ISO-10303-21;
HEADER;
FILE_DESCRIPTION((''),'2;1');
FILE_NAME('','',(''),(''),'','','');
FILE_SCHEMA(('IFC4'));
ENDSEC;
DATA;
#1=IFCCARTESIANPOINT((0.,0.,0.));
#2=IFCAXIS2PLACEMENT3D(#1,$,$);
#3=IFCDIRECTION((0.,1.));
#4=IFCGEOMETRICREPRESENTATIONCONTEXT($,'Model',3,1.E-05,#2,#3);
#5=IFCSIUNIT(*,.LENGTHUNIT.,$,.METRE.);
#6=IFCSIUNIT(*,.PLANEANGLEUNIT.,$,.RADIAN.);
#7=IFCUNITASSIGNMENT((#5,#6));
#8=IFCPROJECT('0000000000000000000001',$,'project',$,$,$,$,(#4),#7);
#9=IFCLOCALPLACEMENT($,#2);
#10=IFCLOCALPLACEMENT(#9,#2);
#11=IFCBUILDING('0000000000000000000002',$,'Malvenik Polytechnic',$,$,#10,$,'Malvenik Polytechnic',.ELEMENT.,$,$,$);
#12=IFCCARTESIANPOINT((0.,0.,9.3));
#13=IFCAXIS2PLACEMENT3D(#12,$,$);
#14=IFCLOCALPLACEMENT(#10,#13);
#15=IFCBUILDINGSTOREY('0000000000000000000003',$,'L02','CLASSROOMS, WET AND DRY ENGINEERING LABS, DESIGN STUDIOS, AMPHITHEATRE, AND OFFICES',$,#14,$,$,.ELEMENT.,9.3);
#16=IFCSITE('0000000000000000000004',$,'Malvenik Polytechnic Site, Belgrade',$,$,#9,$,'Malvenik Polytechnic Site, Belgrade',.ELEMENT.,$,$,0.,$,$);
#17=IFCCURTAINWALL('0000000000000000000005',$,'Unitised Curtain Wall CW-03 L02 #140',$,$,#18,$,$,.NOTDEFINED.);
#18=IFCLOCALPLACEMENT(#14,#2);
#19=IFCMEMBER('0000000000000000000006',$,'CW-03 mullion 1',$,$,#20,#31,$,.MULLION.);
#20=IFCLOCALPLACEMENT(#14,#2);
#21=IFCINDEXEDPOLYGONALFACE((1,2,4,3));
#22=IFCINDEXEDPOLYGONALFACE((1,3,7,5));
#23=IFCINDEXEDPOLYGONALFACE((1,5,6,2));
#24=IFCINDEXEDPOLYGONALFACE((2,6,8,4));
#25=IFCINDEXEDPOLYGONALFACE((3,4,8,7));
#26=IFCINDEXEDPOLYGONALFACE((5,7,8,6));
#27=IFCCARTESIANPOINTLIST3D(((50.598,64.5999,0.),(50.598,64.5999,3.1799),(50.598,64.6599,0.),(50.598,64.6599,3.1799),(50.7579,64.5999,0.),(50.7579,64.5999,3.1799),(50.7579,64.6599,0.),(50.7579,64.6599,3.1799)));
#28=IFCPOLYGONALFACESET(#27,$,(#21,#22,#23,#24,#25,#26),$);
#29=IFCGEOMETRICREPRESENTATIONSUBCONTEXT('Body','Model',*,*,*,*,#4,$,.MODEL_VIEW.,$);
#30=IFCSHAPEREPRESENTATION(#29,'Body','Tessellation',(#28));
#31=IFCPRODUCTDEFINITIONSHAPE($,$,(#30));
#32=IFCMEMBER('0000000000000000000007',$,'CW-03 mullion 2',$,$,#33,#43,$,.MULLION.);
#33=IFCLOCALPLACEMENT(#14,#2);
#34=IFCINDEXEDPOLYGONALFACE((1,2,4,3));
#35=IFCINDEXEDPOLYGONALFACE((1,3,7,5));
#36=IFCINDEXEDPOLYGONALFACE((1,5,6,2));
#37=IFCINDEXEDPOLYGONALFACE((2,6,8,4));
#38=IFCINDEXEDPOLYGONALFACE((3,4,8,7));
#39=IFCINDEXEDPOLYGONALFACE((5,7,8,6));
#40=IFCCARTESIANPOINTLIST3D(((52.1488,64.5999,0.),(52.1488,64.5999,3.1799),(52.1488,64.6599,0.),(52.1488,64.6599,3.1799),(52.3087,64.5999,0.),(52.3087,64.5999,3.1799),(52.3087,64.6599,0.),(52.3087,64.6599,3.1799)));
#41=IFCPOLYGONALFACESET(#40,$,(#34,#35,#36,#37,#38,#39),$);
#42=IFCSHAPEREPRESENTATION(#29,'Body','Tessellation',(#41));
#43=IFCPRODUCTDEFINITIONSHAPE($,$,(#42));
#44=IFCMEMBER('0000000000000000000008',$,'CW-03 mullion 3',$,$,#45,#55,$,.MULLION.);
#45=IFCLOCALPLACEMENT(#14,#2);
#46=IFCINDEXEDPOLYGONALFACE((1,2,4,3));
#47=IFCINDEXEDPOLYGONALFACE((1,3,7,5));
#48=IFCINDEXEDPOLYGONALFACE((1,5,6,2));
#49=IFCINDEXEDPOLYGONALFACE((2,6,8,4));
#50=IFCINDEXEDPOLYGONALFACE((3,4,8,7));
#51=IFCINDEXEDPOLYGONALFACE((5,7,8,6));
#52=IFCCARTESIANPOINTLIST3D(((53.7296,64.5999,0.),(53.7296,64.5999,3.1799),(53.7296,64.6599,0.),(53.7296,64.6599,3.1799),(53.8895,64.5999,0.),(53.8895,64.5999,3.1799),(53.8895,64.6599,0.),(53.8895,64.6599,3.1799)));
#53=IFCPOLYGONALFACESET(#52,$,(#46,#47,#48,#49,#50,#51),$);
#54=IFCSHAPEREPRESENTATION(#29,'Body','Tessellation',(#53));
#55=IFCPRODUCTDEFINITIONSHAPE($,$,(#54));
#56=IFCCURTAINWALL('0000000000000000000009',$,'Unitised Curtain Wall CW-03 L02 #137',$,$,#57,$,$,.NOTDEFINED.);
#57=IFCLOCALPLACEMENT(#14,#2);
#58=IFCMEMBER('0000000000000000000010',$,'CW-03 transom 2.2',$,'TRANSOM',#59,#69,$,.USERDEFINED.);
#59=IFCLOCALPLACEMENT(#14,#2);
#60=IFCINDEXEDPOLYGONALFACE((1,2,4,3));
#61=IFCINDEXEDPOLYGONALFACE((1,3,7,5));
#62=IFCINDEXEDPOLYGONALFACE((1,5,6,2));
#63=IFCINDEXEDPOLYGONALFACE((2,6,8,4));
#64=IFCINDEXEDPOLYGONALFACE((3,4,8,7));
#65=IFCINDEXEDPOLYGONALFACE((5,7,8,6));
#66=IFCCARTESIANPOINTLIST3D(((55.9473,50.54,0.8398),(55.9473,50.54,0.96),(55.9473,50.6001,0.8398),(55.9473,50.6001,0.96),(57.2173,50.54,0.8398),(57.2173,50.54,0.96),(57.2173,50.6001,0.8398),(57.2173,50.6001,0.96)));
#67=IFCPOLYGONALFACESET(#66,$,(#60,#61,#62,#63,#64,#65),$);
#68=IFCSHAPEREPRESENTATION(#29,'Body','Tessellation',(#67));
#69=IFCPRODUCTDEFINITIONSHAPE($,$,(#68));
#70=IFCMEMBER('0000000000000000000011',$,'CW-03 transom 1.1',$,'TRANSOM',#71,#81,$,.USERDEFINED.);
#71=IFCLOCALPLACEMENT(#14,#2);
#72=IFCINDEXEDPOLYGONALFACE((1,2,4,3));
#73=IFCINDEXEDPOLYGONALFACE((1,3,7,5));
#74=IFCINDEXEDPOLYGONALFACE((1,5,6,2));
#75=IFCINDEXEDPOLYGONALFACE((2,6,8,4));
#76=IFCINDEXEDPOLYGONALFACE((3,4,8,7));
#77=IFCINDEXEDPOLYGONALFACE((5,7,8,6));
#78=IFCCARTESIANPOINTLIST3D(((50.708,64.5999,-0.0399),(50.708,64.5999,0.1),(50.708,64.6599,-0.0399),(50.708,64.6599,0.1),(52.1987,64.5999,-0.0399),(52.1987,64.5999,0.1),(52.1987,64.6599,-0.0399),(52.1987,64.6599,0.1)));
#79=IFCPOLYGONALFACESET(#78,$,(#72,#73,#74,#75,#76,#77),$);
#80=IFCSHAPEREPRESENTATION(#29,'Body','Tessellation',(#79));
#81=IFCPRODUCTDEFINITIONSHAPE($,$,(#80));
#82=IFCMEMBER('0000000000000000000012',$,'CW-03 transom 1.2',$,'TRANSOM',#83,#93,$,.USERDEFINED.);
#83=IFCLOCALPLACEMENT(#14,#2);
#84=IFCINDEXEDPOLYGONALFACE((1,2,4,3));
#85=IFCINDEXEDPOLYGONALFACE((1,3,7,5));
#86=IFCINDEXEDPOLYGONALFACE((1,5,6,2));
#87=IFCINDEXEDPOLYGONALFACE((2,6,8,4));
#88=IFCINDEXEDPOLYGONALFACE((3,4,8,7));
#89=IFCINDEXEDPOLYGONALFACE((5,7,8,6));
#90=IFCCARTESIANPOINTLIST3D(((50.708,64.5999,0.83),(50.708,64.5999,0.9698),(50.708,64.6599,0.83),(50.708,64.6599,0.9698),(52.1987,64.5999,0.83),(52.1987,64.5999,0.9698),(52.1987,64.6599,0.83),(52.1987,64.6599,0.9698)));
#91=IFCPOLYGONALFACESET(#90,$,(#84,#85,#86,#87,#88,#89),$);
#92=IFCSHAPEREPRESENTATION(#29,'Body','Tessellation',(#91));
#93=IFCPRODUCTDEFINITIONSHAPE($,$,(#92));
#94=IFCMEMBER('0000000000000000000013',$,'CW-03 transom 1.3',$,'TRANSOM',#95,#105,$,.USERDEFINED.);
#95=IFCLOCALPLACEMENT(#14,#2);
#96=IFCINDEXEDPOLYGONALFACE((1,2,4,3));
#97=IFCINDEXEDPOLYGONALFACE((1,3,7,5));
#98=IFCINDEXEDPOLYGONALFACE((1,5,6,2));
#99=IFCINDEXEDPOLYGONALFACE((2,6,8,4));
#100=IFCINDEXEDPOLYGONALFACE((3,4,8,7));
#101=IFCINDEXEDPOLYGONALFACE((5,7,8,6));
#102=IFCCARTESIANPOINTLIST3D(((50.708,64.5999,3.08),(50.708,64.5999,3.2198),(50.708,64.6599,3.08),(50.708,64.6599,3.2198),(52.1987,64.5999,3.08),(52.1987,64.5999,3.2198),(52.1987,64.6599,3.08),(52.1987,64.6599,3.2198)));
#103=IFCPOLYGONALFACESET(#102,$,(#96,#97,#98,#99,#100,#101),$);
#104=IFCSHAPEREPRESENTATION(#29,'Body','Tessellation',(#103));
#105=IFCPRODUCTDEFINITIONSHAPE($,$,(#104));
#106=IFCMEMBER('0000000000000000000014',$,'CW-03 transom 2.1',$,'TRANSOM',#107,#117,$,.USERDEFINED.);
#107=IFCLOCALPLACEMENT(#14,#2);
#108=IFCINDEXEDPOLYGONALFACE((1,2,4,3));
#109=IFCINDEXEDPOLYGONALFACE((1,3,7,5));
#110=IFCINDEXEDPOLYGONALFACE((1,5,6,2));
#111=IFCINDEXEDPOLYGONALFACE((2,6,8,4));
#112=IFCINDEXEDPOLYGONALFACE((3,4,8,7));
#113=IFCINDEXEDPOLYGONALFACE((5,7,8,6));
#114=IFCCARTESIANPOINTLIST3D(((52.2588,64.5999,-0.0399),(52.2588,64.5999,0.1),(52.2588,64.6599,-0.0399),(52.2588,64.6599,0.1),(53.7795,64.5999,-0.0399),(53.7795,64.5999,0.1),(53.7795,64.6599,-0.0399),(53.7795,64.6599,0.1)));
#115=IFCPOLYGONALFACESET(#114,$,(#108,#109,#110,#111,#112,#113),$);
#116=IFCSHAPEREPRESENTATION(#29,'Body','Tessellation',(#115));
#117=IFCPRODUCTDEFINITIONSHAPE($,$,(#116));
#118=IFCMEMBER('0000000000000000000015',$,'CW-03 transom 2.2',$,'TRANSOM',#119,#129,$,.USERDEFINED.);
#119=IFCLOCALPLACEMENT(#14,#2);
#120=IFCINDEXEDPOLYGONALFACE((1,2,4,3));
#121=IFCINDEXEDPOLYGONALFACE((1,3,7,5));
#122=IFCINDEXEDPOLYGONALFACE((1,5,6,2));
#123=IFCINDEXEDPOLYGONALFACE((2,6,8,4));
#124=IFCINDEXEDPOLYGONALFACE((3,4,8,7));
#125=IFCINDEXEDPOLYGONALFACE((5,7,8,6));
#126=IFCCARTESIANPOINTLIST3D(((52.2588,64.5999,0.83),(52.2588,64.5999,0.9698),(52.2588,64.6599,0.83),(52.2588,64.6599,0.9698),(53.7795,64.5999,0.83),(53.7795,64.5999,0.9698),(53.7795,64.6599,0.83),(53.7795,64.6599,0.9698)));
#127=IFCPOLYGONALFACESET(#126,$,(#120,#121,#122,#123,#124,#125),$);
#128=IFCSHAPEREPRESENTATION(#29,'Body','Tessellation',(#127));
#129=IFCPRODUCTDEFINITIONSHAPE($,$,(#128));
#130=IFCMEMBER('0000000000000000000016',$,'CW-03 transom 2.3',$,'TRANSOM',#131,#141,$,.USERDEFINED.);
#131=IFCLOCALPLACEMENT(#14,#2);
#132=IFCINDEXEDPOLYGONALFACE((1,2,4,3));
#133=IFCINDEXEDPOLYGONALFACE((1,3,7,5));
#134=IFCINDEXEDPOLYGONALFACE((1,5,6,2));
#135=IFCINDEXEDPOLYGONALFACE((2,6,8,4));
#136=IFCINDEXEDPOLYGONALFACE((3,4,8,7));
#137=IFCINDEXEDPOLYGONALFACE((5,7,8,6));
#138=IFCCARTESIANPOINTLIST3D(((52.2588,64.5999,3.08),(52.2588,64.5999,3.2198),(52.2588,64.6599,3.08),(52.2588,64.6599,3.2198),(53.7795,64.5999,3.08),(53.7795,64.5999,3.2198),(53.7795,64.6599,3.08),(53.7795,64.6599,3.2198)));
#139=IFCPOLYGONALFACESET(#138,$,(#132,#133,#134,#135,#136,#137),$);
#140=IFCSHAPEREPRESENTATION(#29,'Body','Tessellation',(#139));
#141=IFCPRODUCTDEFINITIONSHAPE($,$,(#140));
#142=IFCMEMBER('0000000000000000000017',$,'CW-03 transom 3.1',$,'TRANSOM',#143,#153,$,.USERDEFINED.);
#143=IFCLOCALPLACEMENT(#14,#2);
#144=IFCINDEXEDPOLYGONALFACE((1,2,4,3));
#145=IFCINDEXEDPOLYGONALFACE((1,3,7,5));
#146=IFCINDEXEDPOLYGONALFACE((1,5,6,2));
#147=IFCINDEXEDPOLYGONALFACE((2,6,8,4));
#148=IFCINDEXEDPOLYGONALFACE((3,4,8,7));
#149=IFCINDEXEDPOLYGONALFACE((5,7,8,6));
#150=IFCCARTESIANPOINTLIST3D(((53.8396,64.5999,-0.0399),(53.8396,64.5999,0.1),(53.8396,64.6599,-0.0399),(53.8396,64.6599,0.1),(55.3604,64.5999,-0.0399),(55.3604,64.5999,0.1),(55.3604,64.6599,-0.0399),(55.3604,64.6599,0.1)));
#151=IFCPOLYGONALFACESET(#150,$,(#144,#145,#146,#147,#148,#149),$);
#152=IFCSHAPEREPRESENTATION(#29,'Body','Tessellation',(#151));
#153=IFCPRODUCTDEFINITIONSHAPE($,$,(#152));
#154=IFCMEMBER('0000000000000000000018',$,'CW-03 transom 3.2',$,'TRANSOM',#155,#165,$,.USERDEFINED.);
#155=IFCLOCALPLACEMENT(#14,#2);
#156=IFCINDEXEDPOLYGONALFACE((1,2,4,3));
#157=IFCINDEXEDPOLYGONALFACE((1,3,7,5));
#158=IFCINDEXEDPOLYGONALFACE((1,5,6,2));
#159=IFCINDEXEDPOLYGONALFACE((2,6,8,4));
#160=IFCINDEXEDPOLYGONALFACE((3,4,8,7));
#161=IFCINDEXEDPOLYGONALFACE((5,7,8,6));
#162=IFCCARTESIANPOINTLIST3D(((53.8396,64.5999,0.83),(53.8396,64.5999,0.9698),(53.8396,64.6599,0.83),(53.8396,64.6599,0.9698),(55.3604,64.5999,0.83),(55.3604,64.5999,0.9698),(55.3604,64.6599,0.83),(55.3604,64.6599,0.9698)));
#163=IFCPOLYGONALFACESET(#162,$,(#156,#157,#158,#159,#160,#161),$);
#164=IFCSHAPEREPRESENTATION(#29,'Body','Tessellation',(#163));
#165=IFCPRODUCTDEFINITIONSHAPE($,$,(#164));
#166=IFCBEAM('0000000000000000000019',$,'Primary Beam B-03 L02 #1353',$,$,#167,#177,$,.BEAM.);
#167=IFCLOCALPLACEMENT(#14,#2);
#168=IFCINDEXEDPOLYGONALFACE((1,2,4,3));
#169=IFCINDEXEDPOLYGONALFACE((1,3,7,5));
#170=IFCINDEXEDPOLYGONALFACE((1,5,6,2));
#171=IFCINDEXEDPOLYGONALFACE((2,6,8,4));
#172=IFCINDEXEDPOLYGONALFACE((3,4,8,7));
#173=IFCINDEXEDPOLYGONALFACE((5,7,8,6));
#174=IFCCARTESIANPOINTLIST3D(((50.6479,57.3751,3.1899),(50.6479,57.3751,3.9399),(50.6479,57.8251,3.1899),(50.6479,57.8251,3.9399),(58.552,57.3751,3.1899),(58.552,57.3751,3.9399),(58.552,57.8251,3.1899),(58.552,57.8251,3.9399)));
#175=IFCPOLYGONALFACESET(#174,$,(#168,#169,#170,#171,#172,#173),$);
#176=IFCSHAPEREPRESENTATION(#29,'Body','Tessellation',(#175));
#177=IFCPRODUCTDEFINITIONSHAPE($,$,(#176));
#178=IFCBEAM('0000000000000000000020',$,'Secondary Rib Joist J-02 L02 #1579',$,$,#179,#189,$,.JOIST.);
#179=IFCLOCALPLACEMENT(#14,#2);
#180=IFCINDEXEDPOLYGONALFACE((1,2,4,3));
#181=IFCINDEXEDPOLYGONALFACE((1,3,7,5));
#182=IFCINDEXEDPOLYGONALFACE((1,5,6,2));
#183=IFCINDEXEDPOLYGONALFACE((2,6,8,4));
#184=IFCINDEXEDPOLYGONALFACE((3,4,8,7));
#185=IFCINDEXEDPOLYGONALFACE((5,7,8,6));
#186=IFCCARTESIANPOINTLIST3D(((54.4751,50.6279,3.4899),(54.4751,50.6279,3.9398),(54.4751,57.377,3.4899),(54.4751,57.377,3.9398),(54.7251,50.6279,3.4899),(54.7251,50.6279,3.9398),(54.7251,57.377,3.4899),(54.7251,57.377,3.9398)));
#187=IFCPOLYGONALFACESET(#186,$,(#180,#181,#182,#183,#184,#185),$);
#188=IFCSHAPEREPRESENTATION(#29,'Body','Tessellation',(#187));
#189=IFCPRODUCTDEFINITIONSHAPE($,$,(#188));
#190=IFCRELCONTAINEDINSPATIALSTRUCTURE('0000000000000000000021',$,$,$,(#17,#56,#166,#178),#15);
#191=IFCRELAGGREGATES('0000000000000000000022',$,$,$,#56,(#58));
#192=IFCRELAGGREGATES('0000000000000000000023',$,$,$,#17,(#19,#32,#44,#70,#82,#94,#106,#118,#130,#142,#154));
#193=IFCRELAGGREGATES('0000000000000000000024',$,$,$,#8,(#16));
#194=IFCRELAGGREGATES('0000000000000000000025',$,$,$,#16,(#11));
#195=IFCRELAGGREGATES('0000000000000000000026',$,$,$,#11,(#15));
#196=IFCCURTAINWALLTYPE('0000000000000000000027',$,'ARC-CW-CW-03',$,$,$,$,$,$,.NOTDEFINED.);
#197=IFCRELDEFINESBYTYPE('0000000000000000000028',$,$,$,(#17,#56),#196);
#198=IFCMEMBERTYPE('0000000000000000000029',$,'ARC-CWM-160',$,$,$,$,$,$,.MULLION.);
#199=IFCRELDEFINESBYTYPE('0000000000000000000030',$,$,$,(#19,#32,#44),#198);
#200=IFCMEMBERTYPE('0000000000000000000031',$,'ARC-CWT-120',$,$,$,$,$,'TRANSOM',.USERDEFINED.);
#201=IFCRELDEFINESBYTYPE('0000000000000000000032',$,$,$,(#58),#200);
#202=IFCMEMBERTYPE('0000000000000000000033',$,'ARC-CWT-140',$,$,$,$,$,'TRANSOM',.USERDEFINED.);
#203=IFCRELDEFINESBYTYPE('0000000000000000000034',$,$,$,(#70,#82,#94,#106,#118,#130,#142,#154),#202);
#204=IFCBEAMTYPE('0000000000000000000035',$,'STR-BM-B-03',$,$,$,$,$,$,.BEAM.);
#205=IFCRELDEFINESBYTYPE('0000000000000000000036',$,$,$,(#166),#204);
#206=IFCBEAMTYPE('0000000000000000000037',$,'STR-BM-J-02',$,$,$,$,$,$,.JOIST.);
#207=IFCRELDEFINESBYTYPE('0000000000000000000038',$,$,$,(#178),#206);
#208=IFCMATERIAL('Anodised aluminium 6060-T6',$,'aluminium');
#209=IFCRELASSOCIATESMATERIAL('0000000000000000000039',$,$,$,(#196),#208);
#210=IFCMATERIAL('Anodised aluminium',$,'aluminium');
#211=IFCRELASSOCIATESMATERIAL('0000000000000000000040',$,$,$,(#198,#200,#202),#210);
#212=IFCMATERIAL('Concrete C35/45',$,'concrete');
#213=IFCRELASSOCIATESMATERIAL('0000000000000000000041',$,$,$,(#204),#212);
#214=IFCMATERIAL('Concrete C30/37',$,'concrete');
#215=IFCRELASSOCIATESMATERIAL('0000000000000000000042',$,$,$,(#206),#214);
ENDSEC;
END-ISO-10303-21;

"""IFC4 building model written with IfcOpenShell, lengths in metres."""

from ifc_helpers import new_model, si_unit, direction, frame, origin, origin_2d, place, context, subcontext, project, spatial, rectangle, extrude, material, material_profile, profile_set, type_object, element, aggregate, save


model = new_model("IFC4")

# Units and contexts
model_context = context("Model", 3, precision=1e-05, world=origin(), true_north=direction((0.0, 1.0)))
body_context = subcontext(model_context, "Body", "Model", "MODEL_VIEW")
ifc_project = project(units=[si_unit("LENGTHUNIT", "METRE"), si_unit("PLANEANGLEUNIT", "RADIAN")], contexts=[model_context])

# Site, building, storey
site_placement = place(None, origin())
site = spatial("IfcSite", under=ifc_project, at=site_placement, Name="Malvenik Polytechnic Site, Belgrade", LongName="Malvenik Polytechnic Site, Belgrade", CompositionType="ELEMENT", RefElevation=0.0)
building_placement = place(site_placement, origin())
building = spatial("IfcBuilding", under=site, at=building_placement, Name="Malvenik Polytechnic", LongName="Malvenik Polytechnic", CompositionType="ELEMENT")
storey_placement = place(building_placement, frame((0.0, 0.0, 9.3)))
storey = spatial("IfcBuildingStorey", under=building, at=storey_placement, Name="L02", Description="CLASSROOMS, WET AND DRY ENGINEERING LABS, DESIGN STUDIOS, AMPHITHEATRE, AND OFFICES", CompositionType="ELEMENT", Elevation=9.3)

# Curtain wall, members
ifc_material_1 = material(Name="Anodised aluminium 6060-T6", Category="aluminium")
curtain_wall_type = type_object("IfcCurtainWallType", Name="ARC-CW-CW-03", PredefinedType="NOTDEFINED", material=ifc_material_1)
curtain_wall_1_placement = place(storey_placement, origin())
curtain_wall_1 = element("IfcCurtainWall", 1, at=curtain_wall_1_placement, inside=storey, type_object=curtain_wall_type, Name="Unitised Curtain Wall CW-03 L02 #140", PredefinedType="NOTDEFINED")
ifc_material_2 = material(Name="Anodised aluminium", Category="aluminium")
ifc_material_profile_1 = material_profile(ifc_material_2, rectangle(XDim=0.0601, YDim=0.1599, at=origin_2d()), Name="ALU MULLION 60x160")
ifc_profile_set_1 = profile_set([ifc_material_profile_1], Name="Anodised aluminium")
member_type_1 = type_object("IfcMemberType", Name="ARC-CWM-160", PredefinedType="MULLION", material=ifc_profile_set_1)
member_1_placement = place(storey_placement, frame((50.678, 64.6299, 0.0), z_axis=(0.0, 0.0, 1.0), x_axis=(0.0, 1.0, 0.0)))
member_1 = element("IfcMember", 2, at=member_1_placement, type_object=member_type_1, Name="CW-03 mullion 1", PredefinedType="MULLION", context=body_context, shape_type="SweptSolid", body=[
    extrude(rectangle(XDim=0.0601, YDim=0.1599, at=origin_2d()), origin(), (0.0, 0.0, 1.0), 3.1799),
])
member_2_placement = place(storey_placement, frame((52.2288, 64.6299, 0.0), z_axis=(0.0, 0.0, 1.0), x_axis=(0.0, 1.0, 0.0)))
member_2 = element("IfcMember", 3, at=member_2_placement, type_object=member_type_1, Name="CW-03 mullion 2", PredefinedType="MULLION", context=body_context, shape_type="SweptSolid", body=[
    extrude(rectangle(XDim=0.0601, YDim=0.1599, at=origin_2d()), origin(), (0.0, 0.0, 1.0), 3.1799),
])
member_3_placement = place(storey_placement, frame((53.8096, 64.6299, 0.0), z_axis=(0.0, 0.0, 1.0), x_axis=(0.0, 1.0, 0.0)))
member_3 = element("IfcMember", 4, at=member_3_placement, type_object=member_type_1, Name="CW-03 mullion 3", PredefinedType="MULLION", context=body_context, shape_type="SweptSolid", body=[
    extrude(rectangle(XDim=0.0601, YDim=0.1599, at=origin_2d()), origin(), (0.0, 0.0, 1.0), 3.1799),
])

# Curtain wall, member
curtain_wall_2_placement = place(storey_placement, origin())
curtain_wall_2 = element("IfcCurtainWall", 5, at=curtain_wall_2_placement, inside=storey, type_object=curtain_wall_type, Name="Unitised Curtain Wall CW-03 L02 #137", PredefinedType="NOTDEFINED")
ifc_material_profile_2 = material_profile(ifc_material_2, rectangle(XDim=0.0601, YDim=0.1201, at=origin_2d()), Name="ALU TRANSOM 60x120")
ifc_profile_set_2 = profile_set([ifc_material_profile_2], Name="Anodised aluminium")
member_type_2 = type_object("IfcMemberType", Name="ARC-CWT-120", ElementType="TRANSOM", PredefinedType="USERDEFINED", material=ifc_profile_set_2)
member_4_placement = place(storey_placement, frame((57.2173, 50.5701, 0.8999), z_axis=(-1.0, 0.0, 0.0), x_axis=(0.0, -1.0, 0.0)))
member_4 = element("IfcMember", 6, at=member_4_placement, type_object=member_type_2, Name="CW-03 transom 2.2", ObjectType="TRANSOM", PredefinedType="USERDEFINED", context=body_context, shape_type="SweptSolid", body=[
    extrude(rectangle(XDim=0.0601, YDim=0.1201, at=origin_2d()), origin(), (0.0, 0.0, 1.0), 1.27),
])
aggregate(curtain_wall_2, [member_4])

# Members
ifc_material_profile_3 = material_profile(ifc_material_2, rectangle(XDim=0.0601, YDim=0.1399, at=origin_2d()), Name="ALU TRANSOM 60x140")
ifc_profile_set_3 = profile_set([ifc_material_profile_3], Name="Anodised aluminium")
member_type_3 = type_object("IfcMemberType", Name="ARC-CWT-140", ElementType="TRANSOM", PredefinedType="USERDEFINED", material=ifc_profile_set_3)
member_5_placement = place(storey_placement, frame((50.708, 64.6299, 0.03), z_axis=(1.0, 0.0, 0.0), x_axis=(0.0, 1.0, 0.0)))
member_5 = element("IfcMember", 7, at=member_5_placement, type_object=member_type_3, Name="CW-03 transom 1.1", ObjectType="TRANSOM", PredefinedType="USERDEFINED", context=body_context, shape_type="SweptSolid", body=[
    extrude(rectangle(XDim=0.0601, YDim=0.1399, at=origin_2d()), origin(), (0.0, 0.0, 1.0), 1.4907),
])
member_6_placement = place(storey_placement, frame((50.708, 64.6299, 0.8999), z_axis=(1.0, 0.0, 0.0), x_axis=(0.0, 1.0, 0.0)))
member_6 = element("IfcMember", 8, at=member_6_placement, type_object=member_type_3, Name="CW-03 transom 1.2", ObjectType="TRANSOM", PredefinedType="USERDEFINED", context=body_context, shape_type="SweptSolid", body=[
    extrude(rectangle(XDim=0.0601, YDim=0.1399, at=origin_2d()), origin(), (0.0, 0.0, 1.0), 1.4907),
])
member_7_placement = place(storey_placement, frame((50.708, 64.6299, 3.1499), z_axis=(1.0, 0.0, 0.0), x_axis=(0.0, 1.0, 0.0)))
member_7 = element("IfcMember", 9, at=member_7_placement, type_object=member_type_3, Name="CW-03 transom 1.3", ObjectType="TRANSOM", PredefinedType="USERDEFINED", context=body_context, shape_type="SweptSolid", body=[
    extrude(rectangle(XDim=0.0601, YDim=0.1399, at=origin_2d()), origin(), (0.0, 0.0, 1.0), 1.4907),
])
member_8_placement = place(storey_placement, frame((52.2588, 64.6299, 0.03), z_axis=(1.0, 0.0, 0.0), x_axis=(0.0, 1.0, 0.0)))
member_8 = element("IfcMember", 10, at=member_8_placement, type_object=member_type_3, Name="CW-03 transom 2.1", ObjectType="TRANSOM", PredefinedType="USERDEFINED", context=body_context, shape_type="SweptSolid", body=[
    extrude(rectangle(XDim=0.0601, YDim=0.1399, at=origin_2d()), origin(), (0.0, 0.0, 1.0), 1.5208),
])
member_9_placement = place(storey_placement, frame((52.2588, 64.6299, 0.8999), z_axis=(1.0, 0.0, 0.0), x_axis=(0.0, 1.0, 0.0)))
member_9 = element("IfcMember", 11, at=member_9_placement, type_object=member_type_3, Name="CW-03 transom 2.2", ObjectType="TRANSOM", PredefinedType="USERDEFINED", context=body_context, shape_type="SweptSolid", body=[
    extrude(rectangle(XDim=0.0601, YDim=0.1399, at=origin_2d()), origin(), (0.0, 0.0, 1.0), 1.5208),
])
member_10_placement = place(storey_placement, frame((52.2588, 64.6299, 3.1499), z_axis=(1.0, 0.0, 0.0), x_axis=(0.0, 1.0, 0.0)))
member_10 = element("IfcMember", 12, at=member_10_placement, type_object=member_type_3, Name="CW-03 transom 2.3", ObjectType="TRANSOM", PredefinedType="USERDEFINED", context=body_context, shape_type="SweptSolid", body=[
    extrude(rectangle(XDim=0.0601, YDim=0.1399, at=origin_2d()), origin(), (0.0, 0.0, 1.0), 1.5208),
])
member_11_placement = place(storey_placement, frame((53.8396, 64.6299, 0.03), z_axis=(1.0, 0.0, 0.0), x_axis=(0.0, 1.0, 0.0)))
member_11 = element("IfcMember", 13, at=member_11_placement, type_object=member_type_3, Name="CW-03 transom 3.1", ObjectType="TRANSOM", PredefinedType="USERDEFINED", context=body_context, shape_type="SweptSolid", body=[
    extrude(rectangle(XDim=0.0601, YDim=0.1399, at=origin_2d()), origin(), (0.0, 0.0, 1.0), 1.5208),
])
member_12_placement = place(storey_placement, frame((53.8396, 64.6299, 0.8999), z_axis=(1.0, 0.0, 0.0), x_axis=(0.0, 1.0, 0.0)))
member_12 = element("IfcMember", 14, at=member_12_placement, type_object=member_type_3, Name="CW-03 transom 3.2", ObjectType="TRANSOM", PredefinedType="USERDEFINED", context=body_context, shape_type="SweptSolid", body=[
    extrude(rectangle(XDim=0.0601, YDim=0.1399, at=origin_2d()), origin(), (0.0, 0.0, 1.0), 1.5208),
])

# Beams
ifc_material_3 = material(Name="Concrete C35/45", Category="concrete")
ifc_material_profile_4 = material_profile(ifc_material_3, rectangle(XDim=0.45, YDim=0.75, at=origin_2d()), Name="RC BM 450x750")
ifc_profile_set_4 = profile_set([ifc_material_profile_4], Name="Concrete C35/45")
beam_type_1 = type_object("IfcBeamType", Name="STR-BM-B-03", PredefinedType="BEAM", material=ifc_profile_set_4)
beam_placement = place(storey_placement, frame((50.6479, 57.6001, 3.5649), z_axis=(1.0, 0.0, 0.0), x_axis=(0.0, 1.0, 0.0)))
element("IfcBeam", 15, at=beam_placement, inside=storey, type_object=beam_type_1, Name="Primary Beam B-03 L02 #1353", PredefinedType="BEAM", context=body_context, shape_type="SweptSolid", body=[
    extrude(rectangle(XDim=0.45, YDim=0.75, at=origin_2d()), origin(), (0.0, 0.0, 1.0), 7.9041),
])
ifc_material_4 = material(Name="Concrete C30/37", Category="concrete")
ifc_material_profile_5 = material_profile(ifc_material_4, rectangle(XDim=0.25, YDim=0.45, at=origin_2d()), Name="RC JST 250x450")
ifc_profile_set_5 = profile_set([ifc_material_profile_5], Name="Concrete C30/37")
beam_type_2 = type_object("IfcBeamType", Name="STR-BM-J-02", PredefinedType="JOIST", material=ifc_profile_set_5)
for number, where, z_axis, x_axis, name in (
    (16, (54.6001, 50.6279, 3.7148), (0.0, 1.0, 0.0), (-1.0, 0.0, 0.0), "Secondary Rib Joist J-02 L02 #1579"),
):
    element("IfcBeam", number, at=place(storey_placement, frame(where, z_axis=z_axis, x_axis=x_axis)), inside=storey, type_object=beam_type_2, Name=name, PredefinedType="JOIST", context=body_context, shape_type="SweptSolid", body=[
        extrude(rectangle(XDim=0.25, YDim=0.45, at=origin_2d()), origin(), (0.0, 0.0, 1.0), 6.749),
    ])

aggregate(curtain_wall_1, [member_1, member_2, member_3, member_5, member_6, member_7, member_8, member_9, member_10, member_11, member_12])

save(model, "model.ifc")
